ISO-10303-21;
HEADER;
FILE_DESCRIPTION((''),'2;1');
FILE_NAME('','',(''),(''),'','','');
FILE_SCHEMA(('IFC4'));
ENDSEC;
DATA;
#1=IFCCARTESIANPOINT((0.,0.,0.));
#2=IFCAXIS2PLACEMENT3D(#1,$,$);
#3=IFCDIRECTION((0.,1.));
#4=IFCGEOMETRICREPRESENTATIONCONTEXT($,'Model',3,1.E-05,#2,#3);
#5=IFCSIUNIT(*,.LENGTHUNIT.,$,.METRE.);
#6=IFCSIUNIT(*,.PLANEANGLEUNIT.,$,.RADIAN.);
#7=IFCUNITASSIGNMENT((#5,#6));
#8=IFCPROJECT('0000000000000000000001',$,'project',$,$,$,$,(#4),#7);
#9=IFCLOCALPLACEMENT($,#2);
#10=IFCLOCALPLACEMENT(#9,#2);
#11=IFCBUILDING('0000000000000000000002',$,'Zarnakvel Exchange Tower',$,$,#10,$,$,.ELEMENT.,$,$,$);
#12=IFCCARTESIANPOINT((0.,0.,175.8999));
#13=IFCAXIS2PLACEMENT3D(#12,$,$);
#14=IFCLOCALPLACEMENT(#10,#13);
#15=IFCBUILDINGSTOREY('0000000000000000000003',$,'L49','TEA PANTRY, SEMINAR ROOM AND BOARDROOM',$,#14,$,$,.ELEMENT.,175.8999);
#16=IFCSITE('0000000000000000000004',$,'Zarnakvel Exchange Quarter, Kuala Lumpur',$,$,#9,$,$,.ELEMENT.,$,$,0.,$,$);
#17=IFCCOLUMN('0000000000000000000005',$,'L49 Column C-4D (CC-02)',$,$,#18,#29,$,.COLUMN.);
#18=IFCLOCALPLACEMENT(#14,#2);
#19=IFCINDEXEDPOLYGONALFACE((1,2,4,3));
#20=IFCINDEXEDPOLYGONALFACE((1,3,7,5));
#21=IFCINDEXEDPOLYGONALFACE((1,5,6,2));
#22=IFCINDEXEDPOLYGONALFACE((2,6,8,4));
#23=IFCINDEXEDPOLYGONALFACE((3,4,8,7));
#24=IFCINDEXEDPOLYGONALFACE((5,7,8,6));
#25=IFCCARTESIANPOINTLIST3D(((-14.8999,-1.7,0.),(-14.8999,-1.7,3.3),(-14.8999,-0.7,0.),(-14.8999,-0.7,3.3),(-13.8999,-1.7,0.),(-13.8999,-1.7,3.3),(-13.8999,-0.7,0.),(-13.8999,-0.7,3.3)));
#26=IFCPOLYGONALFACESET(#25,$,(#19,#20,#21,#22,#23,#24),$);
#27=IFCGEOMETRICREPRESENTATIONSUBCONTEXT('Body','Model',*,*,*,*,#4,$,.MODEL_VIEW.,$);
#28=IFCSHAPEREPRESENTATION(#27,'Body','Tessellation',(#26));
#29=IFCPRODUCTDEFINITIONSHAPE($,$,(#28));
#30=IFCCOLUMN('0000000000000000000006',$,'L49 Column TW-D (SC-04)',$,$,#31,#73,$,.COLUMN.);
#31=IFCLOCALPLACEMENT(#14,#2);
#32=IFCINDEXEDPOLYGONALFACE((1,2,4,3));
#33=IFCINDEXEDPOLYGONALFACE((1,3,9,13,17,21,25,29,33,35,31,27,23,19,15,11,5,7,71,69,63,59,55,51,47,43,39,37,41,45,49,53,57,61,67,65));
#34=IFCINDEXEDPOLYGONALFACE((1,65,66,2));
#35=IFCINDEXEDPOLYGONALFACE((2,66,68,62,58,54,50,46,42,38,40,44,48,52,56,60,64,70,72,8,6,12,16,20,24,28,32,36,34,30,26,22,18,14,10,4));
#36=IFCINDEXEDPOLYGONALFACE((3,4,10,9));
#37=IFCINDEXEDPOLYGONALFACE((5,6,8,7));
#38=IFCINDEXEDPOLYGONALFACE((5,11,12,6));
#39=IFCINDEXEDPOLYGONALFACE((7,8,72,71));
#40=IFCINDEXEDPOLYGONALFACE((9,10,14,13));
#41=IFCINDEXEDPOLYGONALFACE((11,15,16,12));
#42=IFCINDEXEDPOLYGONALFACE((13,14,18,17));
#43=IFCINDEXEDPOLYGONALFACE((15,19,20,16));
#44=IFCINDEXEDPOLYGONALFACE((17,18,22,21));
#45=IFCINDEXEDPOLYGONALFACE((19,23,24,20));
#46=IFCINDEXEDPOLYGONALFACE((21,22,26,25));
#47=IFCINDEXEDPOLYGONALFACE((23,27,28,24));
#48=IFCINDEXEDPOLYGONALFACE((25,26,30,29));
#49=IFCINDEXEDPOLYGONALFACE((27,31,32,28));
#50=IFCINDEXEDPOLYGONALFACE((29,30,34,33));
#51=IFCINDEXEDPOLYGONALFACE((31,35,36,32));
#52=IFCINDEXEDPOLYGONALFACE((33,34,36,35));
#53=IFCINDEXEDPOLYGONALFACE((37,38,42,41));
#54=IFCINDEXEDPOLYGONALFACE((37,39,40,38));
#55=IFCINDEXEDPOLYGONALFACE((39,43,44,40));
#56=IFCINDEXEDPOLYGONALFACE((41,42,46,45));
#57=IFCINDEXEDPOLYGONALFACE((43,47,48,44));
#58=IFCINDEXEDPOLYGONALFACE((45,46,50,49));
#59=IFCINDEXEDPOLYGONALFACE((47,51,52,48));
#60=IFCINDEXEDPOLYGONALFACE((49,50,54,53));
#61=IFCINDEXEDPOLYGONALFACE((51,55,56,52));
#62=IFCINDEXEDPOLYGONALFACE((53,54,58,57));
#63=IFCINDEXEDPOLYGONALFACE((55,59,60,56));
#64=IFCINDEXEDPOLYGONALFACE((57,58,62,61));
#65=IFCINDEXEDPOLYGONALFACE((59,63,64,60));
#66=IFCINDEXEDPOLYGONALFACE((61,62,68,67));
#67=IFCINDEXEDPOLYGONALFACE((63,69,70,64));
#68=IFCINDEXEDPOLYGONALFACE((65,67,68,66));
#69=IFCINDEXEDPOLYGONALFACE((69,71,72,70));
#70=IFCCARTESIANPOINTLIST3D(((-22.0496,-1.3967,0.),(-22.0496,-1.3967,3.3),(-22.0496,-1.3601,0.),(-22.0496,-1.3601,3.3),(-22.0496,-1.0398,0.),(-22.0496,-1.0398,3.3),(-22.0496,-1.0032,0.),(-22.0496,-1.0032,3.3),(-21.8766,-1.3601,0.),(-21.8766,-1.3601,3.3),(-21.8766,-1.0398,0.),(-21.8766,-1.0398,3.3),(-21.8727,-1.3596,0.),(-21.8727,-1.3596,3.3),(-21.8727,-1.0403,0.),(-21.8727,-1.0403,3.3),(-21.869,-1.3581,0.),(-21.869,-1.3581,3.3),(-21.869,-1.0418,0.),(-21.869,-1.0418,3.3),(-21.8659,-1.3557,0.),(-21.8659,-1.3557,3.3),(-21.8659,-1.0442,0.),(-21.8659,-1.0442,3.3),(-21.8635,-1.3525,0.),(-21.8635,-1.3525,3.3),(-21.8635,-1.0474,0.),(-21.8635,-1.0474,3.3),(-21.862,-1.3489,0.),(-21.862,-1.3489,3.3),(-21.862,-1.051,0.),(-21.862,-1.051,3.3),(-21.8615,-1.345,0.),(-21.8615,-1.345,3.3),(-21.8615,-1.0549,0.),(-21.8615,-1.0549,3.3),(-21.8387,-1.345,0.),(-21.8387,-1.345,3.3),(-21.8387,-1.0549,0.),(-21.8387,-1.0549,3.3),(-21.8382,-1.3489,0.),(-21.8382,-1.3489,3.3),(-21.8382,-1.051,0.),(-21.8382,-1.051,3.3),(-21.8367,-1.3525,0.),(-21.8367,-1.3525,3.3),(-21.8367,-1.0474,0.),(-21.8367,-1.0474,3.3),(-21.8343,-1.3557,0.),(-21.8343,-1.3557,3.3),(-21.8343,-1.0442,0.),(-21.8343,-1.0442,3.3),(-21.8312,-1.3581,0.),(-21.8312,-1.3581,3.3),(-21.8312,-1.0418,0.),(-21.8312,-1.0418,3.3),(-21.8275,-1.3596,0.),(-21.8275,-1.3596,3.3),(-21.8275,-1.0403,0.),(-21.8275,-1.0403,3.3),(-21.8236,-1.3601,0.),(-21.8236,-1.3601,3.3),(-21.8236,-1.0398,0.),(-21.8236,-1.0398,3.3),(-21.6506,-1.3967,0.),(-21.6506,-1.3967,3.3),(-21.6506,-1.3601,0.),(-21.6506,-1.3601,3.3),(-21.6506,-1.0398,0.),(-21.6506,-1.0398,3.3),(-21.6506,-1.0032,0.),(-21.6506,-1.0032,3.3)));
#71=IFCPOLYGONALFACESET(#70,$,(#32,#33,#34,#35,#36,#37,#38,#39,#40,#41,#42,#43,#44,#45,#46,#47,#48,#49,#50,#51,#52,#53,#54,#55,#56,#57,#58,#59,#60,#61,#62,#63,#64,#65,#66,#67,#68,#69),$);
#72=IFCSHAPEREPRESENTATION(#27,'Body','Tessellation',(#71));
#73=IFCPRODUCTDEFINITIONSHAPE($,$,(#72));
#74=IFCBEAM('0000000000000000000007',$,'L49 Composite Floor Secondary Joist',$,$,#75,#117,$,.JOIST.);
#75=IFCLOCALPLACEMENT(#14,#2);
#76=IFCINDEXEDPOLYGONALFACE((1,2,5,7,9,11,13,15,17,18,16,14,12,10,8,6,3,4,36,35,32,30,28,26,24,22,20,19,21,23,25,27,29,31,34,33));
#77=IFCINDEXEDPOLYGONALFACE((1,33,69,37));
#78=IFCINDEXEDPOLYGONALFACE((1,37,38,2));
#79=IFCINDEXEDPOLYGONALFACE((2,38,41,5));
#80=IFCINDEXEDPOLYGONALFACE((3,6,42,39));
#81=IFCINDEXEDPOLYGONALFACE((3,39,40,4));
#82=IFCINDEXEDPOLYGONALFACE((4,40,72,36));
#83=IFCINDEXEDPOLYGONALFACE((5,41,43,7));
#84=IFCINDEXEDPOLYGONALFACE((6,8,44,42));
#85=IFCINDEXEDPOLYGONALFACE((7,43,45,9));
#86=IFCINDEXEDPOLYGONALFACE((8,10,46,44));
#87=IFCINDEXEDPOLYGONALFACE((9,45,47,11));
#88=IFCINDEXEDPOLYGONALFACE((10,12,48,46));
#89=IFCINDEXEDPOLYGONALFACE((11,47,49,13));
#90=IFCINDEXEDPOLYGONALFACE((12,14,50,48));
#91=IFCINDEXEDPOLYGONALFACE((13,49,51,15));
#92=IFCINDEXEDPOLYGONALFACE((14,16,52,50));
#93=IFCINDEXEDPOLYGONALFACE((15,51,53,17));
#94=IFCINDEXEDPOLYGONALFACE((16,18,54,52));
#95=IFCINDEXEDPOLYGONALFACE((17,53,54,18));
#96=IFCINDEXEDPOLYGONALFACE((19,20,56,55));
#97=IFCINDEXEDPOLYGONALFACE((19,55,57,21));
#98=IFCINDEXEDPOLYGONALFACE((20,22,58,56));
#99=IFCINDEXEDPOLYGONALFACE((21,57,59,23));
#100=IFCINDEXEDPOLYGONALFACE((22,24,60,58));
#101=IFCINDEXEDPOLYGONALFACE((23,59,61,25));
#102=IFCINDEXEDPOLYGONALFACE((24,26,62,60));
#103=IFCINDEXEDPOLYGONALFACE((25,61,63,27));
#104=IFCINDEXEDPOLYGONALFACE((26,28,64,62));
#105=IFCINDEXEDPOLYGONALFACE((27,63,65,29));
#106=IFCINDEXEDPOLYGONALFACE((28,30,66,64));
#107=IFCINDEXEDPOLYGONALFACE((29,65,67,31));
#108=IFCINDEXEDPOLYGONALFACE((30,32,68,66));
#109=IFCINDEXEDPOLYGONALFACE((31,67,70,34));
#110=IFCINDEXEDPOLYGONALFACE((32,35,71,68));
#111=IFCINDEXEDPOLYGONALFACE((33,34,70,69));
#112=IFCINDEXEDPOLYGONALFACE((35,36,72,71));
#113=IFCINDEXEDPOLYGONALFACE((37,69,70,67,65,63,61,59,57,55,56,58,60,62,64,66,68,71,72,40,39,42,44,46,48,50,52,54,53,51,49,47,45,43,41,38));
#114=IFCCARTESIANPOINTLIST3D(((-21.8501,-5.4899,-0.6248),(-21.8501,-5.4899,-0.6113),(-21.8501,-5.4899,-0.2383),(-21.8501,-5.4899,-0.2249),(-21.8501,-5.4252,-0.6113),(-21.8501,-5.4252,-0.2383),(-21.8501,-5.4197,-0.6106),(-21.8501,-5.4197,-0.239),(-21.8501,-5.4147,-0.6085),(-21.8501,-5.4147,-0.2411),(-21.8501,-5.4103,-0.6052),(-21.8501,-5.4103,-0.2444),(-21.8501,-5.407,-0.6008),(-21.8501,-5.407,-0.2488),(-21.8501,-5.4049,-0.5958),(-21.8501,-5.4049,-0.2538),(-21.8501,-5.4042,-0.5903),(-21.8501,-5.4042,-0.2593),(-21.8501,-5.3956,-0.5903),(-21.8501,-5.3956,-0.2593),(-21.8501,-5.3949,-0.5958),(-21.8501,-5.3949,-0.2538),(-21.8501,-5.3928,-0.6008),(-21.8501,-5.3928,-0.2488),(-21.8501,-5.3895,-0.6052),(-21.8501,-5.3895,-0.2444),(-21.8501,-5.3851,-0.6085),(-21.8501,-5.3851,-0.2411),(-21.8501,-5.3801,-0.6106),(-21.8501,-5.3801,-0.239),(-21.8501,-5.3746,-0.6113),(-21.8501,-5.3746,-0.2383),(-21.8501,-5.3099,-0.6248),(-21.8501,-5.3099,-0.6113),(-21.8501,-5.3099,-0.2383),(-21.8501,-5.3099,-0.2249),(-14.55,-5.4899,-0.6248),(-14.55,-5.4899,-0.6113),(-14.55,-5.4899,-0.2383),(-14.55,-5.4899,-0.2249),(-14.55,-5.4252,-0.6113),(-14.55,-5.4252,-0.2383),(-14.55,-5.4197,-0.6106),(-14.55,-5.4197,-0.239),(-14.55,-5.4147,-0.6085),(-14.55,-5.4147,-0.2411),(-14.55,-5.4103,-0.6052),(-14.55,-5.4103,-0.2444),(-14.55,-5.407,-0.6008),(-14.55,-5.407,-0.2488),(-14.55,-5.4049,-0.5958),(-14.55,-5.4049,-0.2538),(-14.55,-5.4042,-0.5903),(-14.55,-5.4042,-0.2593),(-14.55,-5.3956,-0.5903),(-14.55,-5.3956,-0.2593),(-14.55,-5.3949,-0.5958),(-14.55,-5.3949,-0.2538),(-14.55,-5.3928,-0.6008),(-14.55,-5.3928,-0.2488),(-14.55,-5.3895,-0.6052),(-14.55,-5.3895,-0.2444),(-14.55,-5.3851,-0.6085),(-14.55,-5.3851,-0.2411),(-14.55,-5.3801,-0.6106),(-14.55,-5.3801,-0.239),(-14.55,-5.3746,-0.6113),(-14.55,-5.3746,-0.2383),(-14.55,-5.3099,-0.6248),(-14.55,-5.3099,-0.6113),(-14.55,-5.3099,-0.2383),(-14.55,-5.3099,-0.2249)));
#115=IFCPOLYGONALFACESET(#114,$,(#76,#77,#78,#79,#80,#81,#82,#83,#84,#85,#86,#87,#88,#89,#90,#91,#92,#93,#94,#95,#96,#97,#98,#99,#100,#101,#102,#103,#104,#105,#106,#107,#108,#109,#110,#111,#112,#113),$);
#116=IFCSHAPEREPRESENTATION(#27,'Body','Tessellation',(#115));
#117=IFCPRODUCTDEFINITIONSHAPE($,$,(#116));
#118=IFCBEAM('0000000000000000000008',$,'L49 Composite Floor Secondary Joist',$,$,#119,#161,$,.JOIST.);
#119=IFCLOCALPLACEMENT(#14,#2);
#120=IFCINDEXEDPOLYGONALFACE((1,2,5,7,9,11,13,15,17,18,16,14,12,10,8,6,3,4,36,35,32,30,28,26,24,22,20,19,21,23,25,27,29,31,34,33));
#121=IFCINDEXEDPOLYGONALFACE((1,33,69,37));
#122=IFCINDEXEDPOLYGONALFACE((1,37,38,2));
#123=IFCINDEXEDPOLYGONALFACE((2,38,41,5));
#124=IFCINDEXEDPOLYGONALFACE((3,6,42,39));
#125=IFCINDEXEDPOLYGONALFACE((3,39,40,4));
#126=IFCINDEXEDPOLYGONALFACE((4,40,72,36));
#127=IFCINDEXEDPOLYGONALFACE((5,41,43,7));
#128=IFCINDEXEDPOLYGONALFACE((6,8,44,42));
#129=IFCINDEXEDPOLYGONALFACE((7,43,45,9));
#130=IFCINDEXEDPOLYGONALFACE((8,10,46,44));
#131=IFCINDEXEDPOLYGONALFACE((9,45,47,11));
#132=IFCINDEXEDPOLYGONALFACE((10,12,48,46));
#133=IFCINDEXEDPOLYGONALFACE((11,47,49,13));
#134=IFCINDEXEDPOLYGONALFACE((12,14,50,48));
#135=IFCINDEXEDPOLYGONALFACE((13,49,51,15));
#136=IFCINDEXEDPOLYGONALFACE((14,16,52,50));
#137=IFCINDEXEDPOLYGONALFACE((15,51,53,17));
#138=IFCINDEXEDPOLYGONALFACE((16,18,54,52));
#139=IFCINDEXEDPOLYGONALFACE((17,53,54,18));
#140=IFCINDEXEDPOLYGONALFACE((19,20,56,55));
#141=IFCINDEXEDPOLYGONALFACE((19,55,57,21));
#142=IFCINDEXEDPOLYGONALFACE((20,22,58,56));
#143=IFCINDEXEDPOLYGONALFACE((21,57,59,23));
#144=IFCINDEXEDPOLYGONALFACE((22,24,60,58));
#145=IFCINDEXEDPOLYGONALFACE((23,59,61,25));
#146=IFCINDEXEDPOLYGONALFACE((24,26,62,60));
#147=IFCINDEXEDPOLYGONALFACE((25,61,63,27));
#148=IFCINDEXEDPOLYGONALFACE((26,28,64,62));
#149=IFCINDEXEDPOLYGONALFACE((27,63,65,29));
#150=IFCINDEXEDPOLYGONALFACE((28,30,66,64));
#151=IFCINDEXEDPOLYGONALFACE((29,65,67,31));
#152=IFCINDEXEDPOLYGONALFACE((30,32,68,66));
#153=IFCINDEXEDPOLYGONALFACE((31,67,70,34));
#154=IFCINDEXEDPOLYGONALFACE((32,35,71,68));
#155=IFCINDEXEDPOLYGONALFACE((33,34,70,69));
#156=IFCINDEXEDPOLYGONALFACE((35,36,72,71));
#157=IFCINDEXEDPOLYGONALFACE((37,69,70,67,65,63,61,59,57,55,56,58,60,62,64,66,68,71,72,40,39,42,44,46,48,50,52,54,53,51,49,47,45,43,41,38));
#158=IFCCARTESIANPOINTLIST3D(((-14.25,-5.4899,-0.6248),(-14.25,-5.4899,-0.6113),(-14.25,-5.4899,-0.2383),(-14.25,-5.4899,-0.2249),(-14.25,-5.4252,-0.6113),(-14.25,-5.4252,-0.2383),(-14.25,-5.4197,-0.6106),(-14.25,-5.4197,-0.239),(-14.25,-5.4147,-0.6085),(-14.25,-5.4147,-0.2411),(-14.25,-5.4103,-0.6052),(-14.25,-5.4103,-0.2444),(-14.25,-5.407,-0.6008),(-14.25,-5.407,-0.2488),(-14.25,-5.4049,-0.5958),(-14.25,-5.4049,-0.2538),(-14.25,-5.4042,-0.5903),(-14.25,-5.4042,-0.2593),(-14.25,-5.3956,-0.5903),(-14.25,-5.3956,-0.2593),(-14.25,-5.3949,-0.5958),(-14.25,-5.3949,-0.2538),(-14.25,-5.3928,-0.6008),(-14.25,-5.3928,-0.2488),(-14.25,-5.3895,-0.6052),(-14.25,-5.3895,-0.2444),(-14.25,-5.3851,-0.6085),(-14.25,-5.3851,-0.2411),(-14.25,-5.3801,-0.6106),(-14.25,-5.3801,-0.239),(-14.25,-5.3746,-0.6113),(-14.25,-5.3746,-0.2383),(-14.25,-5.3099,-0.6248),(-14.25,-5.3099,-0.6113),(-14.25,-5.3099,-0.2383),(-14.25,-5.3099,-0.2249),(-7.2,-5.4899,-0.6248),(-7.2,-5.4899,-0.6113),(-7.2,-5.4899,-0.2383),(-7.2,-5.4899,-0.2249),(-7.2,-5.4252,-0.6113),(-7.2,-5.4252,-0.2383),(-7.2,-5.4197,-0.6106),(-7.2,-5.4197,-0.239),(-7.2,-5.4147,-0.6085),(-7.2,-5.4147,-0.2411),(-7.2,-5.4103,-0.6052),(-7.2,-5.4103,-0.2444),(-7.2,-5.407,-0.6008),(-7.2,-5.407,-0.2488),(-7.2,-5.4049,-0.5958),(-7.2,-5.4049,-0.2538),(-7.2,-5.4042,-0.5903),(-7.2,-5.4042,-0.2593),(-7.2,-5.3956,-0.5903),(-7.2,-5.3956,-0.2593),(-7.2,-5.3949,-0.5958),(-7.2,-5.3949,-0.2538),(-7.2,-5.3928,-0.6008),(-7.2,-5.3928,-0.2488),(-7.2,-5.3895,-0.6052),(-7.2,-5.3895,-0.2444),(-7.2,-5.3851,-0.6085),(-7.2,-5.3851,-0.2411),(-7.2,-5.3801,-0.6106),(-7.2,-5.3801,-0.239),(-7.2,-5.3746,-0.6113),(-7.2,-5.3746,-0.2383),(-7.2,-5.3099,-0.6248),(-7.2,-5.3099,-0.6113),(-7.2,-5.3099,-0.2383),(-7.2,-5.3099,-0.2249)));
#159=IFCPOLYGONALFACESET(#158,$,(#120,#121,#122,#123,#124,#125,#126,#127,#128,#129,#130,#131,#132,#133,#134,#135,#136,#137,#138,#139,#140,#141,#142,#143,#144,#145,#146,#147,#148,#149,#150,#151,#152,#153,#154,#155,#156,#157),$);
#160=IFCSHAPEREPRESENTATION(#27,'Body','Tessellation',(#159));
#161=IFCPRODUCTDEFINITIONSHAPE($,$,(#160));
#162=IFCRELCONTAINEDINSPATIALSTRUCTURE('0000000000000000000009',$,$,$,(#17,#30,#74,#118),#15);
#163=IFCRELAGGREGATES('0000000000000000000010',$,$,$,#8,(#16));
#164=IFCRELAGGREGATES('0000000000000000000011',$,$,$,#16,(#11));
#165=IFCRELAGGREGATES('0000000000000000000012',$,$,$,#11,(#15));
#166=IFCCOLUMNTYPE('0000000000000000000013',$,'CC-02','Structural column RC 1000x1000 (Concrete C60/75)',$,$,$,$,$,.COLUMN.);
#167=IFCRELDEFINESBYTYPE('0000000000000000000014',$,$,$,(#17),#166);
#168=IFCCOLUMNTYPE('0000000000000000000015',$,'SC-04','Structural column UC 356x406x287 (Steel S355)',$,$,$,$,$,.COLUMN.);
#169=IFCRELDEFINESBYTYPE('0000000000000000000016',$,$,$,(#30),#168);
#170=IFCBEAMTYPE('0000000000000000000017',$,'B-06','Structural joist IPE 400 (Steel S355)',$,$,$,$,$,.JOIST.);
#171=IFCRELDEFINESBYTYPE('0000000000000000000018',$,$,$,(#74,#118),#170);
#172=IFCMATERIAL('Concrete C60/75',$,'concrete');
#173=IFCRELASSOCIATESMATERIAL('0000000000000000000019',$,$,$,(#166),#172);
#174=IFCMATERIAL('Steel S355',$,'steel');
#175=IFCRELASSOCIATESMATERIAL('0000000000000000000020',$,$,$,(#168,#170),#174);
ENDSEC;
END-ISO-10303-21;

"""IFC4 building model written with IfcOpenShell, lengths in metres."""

from ifc_helpers import new_model, si_unit, direction, frame, origin, origin_2d, place, context, subcontext, project, spatial, rectangle, i_section, extrude, material, material_profile, profile_set, type_object, element, save


model = new_model("IFC4")

# Units and contexts
model_context = context("Model", 3, precision=1e-05, world=origin(), true_north=direction((0.0, 1.0)))
body_context = subcontext(model_context, "Body", "Model", "MODEL_VIEW")
ifc_project = project(units=[si_unit("LENGTHUNIT", "METRE"), si_unit("PLANEANGLEUNIT", "RADIAN")], contexts=[model_context])

# Site, building, storey
site_placement = place(None, origin())
site = spatial("IfcSite", under=ifc_project, at=site_placement, Name="Zarnakvel Exchange Quarter, Kuala Lumpur", CompositionType="ELEMENT", RefElevation=0.0)
building_placement = place(site_placement, origin())
building = spatial("IfcBuilding", under=site, at=building_placement, Name="Zarnakvel Exchange Tower", CompositionType="ELEMENT")
storey_placement = place(building_placement, frame((0.0, 0.0, 175.8999)))
storey = spatial("IfcBuildingStorey", under=building, at=storey_placement, Name="L49", Description="TEA PANTRY, SEMINAR ROOM AND BOARDROOM", CompositionType="ELEMENT", Elevation=175.8999)

# Columns
ifc_material_1 = material(Name="Concrete C60/75", Category="concrete")
ifc_material_profile_1 = material_profile(ifc_material_1, rectangle(XDim=1.0, YDim=1.0, at=origin_2d()))
ifc_profile_set_1 = profile_set([ifc_material_profile_1], Name="Concrete C60/75")
column_type_1 = type_object("IfcColumnType", Name="CC-02", Description="Structural column RC 1000x1000 (Concrete C60/75)", PredefinedType="COLUMN", material=ifc_profile_set_1)
column_1_placement = place(storey_placement, frame((-14.3999, -1.2, 0.0), z_axis=(0.0, 0.0, 1.0), x_axis=(1.0, 0.0, 0.0)))
element("IfcColumn", 1, at=column_1_placement, inside=storey, type_object=column_type_1, Name="L49 Column C-4D (CC-02)", PredefinedType="COLUMN", context=body_context, shape_type="SweptSolid", body=[
    extrude(rectangle(XDim=1.0, YDim=1.0, at=origin_2d()), origin(), (0.0, 0.0, 1.0), 3.3),
])
ifc_material_2 = material(Name="Steel S355", Category="steel")
ifc_material_profile_2 = material_profile(ifc_material_2, i_section(OverallWidth=0.3989, OverallDepth=0.3936, WebThickness=0.0227, FlangeThickness=0.0366, FilletRadius=0.0151, at=origin_2d()))
ifc_profile_set_2 = profile_set([ifc_material_profile_2], Name="Steel S355")
column_type_2 = type_object("IfcColumnType", Name="SC-04", Description="Structural column UC 356x406x287 (Steel S355)", PredefinedType="COLUMN", material=ifc_profile_set_2)
column_2_placement = place(storey_placement, frame((-21.8501, -1.2, 0.0), z_axis=(0.0, 0.0, 1.0), x_axis=(1.0, 0.0, 0.0)))
element("IfcColumn", 2, at=column_2_placement, inside=storey, type_object=column_type_2, Name="L49 Column TW-D (SC-04)", PredefinedType="COLUMN", context=body_context, shape_type="SweptSolid", body=[
    extrude(i_section(OverallWidth=0.3989, OverallDepth=0.3936, WebThickness=0.0227, FlangeThickness=0.0366, FilletRadius=0.0151, at=origin_2d()), origin(), (0.0, 0.0, 1.0), 3.3),
])

# Beams
ifc_material_profile_3 = material_profile(ifc_material_2, i_section(OverallWidth=0.1799, OverallDepth=0.3999, WebThickness=0.0085, FlangeThickness=0.0134, FilletRadius=0.021, at=origin_2d()))
ifc_profile_set_3 = profile_set([ifc_material_profile_3], Name="Steel S355")
beam_type_1 = type_object("IfcBeamType", Name="B-06", Description="Structural joist IPE 400 (Steel S355)", PredefinedType="JOIST", material=ifc_profile_set_3)
beam_1_placement = place(storey_placement, frame((-21.8501, -5.3999, -0.4248), z_axis=(1.0, 0.0, 0.0), x_axis=(0.0, 1.0, 0.0)))
element("IfcBeam", 3, at=beam_1_placement, inside=storey, type_object=beam_type_1, Name="L49 Composite Floor Secondary Joist", PredefinedType="JOIST", context=body_context, shape_type="SweptSolid", body=[
    extrude(i_section(OverallWidth=0.1799, OverallDepth=0.3999, WebThickness=0.0085, FlangeThickness=0.0134, FilletRadius=0.021, at=origin_2d()), origin(), (0.0, 0.0, 1.0), 7.3),
])
beam_2_placement = place(storey_placement, frame((-14.25, -5.3999, -0.4248), z_axis=(1.0, 0.0, 0.0), x_axis=(0.0, 1.0, 0.0)))
element("IfcBeam", 4, at=beam_2_placement, inside=storey, type_object=beam_type_1, Name="L49 Composite Floor Secondary Joist", PredefinedType="JOIST", context=body_context, shape_type="SweptSolid", body=[
    extrude(i_section(OverallWidth=0.1799, OverallDepth=0.3999, WebThickness=0.0085, FlangeThickness=0.0134, FilletRadius=0.021, at=origin_2d()), origin(), (0.0, 0.0, 1.0), 7.05),
])

save(model, "model.ifc")
